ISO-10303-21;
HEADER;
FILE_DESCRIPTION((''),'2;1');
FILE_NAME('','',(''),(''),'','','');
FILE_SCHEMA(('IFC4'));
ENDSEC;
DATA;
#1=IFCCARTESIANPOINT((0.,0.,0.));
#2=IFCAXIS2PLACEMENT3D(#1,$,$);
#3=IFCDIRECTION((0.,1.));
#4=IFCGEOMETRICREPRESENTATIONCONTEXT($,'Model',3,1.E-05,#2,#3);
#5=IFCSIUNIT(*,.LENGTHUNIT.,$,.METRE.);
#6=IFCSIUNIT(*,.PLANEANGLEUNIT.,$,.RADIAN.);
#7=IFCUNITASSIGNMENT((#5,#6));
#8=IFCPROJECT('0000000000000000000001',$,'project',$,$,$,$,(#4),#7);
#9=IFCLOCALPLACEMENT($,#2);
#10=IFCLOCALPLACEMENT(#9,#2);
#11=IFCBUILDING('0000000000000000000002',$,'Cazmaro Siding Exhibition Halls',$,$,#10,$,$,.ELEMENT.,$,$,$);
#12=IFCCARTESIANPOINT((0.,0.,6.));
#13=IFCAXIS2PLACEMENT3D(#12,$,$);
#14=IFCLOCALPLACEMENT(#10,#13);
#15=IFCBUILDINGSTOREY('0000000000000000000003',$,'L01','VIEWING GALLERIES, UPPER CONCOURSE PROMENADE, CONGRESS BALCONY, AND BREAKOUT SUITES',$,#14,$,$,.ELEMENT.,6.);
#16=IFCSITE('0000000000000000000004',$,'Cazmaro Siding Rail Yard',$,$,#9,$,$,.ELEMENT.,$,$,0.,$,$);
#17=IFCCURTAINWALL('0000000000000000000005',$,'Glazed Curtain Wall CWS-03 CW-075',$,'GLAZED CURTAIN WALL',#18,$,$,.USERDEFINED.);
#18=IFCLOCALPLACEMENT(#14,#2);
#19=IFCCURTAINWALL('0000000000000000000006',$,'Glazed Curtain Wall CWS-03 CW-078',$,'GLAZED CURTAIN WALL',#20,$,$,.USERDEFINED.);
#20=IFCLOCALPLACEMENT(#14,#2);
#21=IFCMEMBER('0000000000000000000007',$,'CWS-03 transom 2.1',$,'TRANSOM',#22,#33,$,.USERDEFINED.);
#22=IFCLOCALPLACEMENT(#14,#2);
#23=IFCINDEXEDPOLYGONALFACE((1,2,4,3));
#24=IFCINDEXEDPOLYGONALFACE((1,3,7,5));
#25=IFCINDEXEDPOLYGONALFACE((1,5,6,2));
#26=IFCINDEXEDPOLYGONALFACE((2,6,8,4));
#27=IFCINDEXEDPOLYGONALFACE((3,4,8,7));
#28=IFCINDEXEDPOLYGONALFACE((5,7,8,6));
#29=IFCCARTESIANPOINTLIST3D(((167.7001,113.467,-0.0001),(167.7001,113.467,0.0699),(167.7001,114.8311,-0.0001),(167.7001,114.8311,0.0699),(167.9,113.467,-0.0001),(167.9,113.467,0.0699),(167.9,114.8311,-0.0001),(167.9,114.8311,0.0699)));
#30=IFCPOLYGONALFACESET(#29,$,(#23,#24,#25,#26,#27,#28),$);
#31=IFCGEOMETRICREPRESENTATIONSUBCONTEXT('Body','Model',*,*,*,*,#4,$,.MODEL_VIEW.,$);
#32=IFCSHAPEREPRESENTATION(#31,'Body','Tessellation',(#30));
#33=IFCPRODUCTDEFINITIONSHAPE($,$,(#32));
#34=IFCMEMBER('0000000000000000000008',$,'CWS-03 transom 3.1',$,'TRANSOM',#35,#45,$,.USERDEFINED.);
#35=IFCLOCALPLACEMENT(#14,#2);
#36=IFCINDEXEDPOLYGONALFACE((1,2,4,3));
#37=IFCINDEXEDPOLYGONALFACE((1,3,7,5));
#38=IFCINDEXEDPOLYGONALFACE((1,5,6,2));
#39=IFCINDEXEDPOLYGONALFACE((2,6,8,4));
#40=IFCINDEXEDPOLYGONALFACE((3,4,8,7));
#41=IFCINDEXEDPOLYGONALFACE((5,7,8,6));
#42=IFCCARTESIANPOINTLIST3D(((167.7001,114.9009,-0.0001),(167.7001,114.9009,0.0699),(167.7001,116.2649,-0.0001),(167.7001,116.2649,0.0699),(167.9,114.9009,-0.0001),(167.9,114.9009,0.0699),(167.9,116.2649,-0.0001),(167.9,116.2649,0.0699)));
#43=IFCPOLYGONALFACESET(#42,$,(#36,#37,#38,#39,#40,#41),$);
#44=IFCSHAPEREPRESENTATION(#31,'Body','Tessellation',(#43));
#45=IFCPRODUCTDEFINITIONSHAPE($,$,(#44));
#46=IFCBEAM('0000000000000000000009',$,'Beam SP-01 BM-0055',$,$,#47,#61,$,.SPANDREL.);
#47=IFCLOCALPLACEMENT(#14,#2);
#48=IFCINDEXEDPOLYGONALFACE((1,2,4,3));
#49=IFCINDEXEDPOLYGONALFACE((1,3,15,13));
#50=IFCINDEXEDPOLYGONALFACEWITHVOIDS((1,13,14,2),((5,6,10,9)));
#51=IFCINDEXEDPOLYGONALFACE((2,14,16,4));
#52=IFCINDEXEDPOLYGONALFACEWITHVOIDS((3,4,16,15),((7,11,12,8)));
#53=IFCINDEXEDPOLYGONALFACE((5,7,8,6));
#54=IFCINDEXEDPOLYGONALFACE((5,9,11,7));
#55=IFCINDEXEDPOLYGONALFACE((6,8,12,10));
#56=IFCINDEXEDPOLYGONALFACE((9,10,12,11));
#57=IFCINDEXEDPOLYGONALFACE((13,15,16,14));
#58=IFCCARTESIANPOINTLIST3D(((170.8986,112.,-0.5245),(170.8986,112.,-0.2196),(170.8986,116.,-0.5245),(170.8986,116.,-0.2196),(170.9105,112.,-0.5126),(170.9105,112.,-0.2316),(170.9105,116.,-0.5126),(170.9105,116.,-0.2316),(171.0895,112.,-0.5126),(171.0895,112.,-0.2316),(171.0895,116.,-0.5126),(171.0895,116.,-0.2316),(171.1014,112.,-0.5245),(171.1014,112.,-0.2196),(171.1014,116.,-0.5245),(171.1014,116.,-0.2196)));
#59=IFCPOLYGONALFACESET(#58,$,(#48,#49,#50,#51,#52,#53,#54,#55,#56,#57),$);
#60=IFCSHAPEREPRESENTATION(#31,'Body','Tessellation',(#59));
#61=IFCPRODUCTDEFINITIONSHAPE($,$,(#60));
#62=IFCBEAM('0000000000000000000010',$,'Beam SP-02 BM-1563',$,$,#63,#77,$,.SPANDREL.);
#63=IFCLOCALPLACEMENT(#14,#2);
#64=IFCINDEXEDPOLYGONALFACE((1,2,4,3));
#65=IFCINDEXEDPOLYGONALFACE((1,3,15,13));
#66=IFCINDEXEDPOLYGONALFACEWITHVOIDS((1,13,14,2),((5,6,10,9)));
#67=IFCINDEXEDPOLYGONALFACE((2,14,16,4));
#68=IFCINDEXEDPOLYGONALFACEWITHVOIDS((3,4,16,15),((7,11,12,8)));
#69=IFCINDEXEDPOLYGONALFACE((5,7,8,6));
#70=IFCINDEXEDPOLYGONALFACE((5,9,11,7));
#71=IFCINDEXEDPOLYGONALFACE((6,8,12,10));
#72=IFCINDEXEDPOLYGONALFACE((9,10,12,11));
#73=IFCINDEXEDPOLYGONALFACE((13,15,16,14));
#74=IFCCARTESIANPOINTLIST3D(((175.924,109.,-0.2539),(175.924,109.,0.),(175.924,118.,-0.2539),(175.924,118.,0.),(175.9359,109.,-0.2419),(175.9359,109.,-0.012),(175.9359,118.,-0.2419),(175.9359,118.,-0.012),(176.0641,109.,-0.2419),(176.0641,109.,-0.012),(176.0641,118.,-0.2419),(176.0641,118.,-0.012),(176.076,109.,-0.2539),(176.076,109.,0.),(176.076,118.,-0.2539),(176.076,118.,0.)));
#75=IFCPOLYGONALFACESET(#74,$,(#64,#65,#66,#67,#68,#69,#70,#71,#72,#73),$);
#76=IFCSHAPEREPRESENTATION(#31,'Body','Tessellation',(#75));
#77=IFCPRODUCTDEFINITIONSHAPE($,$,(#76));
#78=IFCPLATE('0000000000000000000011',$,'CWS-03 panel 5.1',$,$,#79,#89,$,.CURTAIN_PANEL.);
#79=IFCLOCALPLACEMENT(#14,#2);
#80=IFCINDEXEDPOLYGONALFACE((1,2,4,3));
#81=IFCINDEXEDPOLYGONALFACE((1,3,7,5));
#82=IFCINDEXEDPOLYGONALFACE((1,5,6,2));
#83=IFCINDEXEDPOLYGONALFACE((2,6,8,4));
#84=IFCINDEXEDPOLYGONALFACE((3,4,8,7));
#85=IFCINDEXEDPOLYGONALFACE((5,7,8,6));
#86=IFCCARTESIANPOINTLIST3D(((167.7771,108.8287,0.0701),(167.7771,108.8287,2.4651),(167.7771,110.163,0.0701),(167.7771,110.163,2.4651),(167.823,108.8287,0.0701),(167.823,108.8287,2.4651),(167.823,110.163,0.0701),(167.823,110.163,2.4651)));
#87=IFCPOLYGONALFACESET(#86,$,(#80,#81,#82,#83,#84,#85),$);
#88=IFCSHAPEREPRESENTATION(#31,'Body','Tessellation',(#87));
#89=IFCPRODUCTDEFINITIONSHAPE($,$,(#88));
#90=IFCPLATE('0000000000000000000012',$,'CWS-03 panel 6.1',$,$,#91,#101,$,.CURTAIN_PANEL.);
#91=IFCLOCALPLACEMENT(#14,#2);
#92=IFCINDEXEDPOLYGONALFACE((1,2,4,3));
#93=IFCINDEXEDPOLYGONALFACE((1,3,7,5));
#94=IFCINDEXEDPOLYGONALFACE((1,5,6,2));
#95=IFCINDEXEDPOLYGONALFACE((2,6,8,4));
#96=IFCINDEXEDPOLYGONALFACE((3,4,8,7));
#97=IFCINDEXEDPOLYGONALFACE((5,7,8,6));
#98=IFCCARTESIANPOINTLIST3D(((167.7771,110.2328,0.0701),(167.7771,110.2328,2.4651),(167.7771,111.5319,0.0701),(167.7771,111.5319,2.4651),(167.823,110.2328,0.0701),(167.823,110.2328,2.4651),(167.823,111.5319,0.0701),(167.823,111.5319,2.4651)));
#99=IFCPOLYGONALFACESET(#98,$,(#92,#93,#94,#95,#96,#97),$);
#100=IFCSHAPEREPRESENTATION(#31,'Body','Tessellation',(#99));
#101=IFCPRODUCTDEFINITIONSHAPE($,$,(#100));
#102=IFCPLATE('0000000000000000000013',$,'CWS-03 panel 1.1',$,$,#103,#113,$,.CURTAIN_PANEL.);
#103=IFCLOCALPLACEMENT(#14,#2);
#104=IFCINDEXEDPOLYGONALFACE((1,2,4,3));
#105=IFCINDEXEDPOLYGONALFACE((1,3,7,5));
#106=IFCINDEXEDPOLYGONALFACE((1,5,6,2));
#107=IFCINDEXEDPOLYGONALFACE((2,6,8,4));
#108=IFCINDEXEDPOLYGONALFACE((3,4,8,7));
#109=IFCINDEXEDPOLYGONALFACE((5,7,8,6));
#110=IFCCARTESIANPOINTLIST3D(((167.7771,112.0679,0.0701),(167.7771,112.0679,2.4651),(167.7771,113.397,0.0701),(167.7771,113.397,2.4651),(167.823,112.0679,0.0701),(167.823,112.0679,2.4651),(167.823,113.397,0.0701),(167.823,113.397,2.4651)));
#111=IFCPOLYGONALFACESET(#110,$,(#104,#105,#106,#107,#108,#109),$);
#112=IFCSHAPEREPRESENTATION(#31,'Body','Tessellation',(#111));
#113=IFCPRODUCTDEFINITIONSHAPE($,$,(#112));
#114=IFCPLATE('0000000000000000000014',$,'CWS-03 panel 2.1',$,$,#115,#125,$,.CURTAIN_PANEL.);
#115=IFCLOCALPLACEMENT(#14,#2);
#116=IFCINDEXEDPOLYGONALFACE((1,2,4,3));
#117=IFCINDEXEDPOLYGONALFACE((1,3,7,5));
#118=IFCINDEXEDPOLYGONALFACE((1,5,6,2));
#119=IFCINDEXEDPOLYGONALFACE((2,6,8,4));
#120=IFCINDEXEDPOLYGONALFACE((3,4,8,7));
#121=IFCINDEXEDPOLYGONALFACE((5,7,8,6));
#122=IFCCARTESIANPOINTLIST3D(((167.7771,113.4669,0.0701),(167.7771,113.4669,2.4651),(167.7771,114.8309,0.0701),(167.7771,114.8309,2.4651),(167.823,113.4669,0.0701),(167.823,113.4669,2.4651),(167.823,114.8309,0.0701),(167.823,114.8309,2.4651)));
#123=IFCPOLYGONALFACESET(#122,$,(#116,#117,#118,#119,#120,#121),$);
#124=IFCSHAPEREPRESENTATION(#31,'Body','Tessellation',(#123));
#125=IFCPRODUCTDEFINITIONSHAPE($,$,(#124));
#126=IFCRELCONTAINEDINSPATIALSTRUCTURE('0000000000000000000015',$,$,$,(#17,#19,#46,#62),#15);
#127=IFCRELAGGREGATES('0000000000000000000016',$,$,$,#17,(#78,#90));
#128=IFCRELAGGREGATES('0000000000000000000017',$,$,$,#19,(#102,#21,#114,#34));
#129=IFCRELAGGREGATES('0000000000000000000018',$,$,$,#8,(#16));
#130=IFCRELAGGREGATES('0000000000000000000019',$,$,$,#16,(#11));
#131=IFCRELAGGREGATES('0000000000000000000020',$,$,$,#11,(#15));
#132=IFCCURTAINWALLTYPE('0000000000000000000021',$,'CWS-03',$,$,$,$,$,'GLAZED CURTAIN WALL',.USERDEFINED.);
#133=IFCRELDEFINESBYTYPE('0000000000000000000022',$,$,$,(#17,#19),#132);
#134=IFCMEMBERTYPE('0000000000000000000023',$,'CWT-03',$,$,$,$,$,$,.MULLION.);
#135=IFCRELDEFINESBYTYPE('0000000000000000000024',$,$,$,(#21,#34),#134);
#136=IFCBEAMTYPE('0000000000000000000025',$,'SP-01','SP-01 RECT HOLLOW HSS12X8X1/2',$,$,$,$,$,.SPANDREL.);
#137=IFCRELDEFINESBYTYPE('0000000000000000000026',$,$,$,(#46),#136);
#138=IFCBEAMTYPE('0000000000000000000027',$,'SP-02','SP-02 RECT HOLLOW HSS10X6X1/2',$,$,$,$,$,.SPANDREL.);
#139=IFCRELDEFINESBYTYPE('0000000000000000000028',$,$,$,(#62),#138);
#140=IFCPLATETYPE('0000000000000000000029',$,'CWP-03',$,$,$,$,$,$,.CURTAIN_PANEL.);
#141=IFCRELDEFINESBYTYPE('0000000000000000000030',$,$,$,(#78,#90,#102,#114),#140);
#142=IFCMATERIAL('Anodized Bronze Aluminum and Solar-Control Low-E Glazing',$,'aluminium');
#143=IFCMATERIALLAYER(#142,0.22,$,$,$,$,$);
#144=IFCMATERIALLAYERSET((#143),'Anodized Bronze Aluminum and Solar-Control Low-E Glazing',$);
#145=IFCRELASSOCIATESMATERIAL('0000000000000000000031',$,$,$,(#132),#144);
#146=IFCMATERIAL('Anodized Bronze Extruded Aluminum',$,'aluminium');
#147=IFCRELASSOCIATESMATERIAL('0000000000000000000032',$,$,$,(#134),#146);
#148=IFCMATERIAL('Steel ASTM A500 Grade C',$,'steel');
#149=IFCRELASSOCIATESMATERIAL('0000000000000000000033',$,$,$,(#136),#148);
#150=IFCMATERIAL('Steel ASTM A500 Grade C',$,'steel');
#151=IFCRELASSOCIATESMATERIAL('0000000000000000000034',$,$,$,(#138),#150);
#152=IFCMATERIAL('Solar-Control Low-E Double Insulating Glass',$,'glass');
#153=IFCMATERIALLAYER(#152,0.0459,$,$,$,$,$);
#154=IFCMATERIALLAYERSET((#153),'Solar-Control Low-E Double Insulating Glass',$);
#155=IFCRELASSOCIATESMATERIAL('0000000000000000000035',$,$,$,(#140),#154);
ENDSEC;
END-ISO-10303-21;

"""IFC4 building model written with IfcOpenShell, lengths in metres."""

from ifc_helpers import new_model, si_unit, direction, frame, origin, origin_2d, place, context, subcontext, project, spatial, rectangle, hollow_rectangle, extrude, material, layer, layer_set, material_profile, profile_set, type_object, element, aggregate, save


model = new_model("IFC4")

# Units and contexts
model_context = context("Model", 3, precision=1e-05, world=origin(), true_north=direction((0.0, 1.0)))
body_context = subcontext(model_context, "Body", "Model", "MODEL_VIEW")
ifc_project = project(units=[si_unit("LENGTHUNIT", "METRE"), si_unit("PLANEANGLEUNIT", "RADIAN")], contexts=[model_context])

# Site, building, storey
site_placement = place(None, origin())
site = spatial("IfcSite", under=ifc_project, at=site_placement, Name="Cazmaro Siding Rail Yard", CompositionType="ELEMENT", RefElevation=0.0)
building_placement = place(site_placement, origin())
building = spatial("IfcBuilding", under=site, at=building_placement, Name="Cazmaro Siding Exhibition Halls", CompositionType="ELEMENT")
storey_placement = place(building_placement, frame((0.0, 0.0, 6.0)))
storey = spatial("IfcBuildingStorey", under=building, at=storey_placement, Name="L01", Description="VIEWING GALLERIES, UPPER CONCOURSE PROMENADE, CONGRESS BALCONY, AND BREAKOUT SUITES", CompositionType="ELEMENT", Elevation=6.0)

# Curtain walls
ifc_material_1 = material(Name="Anodized Bronze Aluminum and Solar-Control Low-E Glazing", Category="aluminium")
ifc_layer_1 = layer(ifc_material_1, 0.22)
ifc_layer_set_1 = layer_set([ifc_layer_1], Name="Anodized Bronze Aluminum and Solar-Control Low-E Glazing")
curtain_wall_type = type_object("IfcCurtainWallType", Name="CWS-03", ElementType="GLAZED CURTAIN WALL", PredefinedType="USERDEFINED", material=ifc_layer_set_1)
curtain_wall_1_placement = place(storey_placement, origin())
curtain_wall_1 = element("IfcCurtainWall", 1, at=curtain_wall_1_placement, inside=storey, type_object=curtain_wall_type, Name="Glazed Curtain Wall CWS-03 CW-075", ObjectType="GLAZED CURTAIN WALL", PredefinedType="USERDEFINED")
curtain_wall_2_placement = place(storey_placement, origin())
curtain_wall_2 = element("IfcCurtainWall", 2, at=curtain_wall_2_placement, inside=storey, type_object=curtain_wall_type, Name="Glazed Curtain Wall CWS-03 CW-078", ObjectType="GLAZED CURTAIN WALL", PredefinedType="USERDEFINED")

# Members
ifc_material_2 = material(Name="Anodized Bronze Extruded Aluminum", Category="aluminium")
ifc_material_profile_1 = material_profile(ifc_material_2, rectangle(XDim=0.2, YDim=0.0701, at=origin_2d()), Name="CWT-03")
ifc_profile_set_1 = profile_set([ifc_material_profile_1], Name="Anodized Bronze Extruded Aluminum")
member_type_1 = type_object("IfcMemberType", Name="CWT-03", PredefinedType="MULLION", material=ifc_profile_set_1)
member_1_placement = place(storey_placement, frame((167.8, 113.467, 0.0349), z_axis=(0.0, 1.0, 0.0), x_axis=(-1.0, 0.0, 0.0)))
member_1 = element("IfcMember", 3, at=member_1_placement, type_object=member_type_1, Name="CWS-03 transom 2.1", ObjectType="TRANSOM", PredefinedType="USERDEFINED", context=body_context, shape_type="SweptSolid", body=[
    extrude(rectangle(XDim=0.2, YDim=0.0701, at=origin_2d()), origin(), (0.0, 0.0, 1.0), 1.364),
])
member_2_placement = place(storey_placement, frame((167.8, 114.9009, 0.0349), z_axis=(0.0, 1.0, 0.0), x_axis=(-1.0, 0.0, 0.0)))
member_2 = element("IfcMember", 4, at=member_2_placement, type_object=member_type_1, Name="CWS-03 transom 3.1", ObjectType="TRANSOM", PredefinedType="USERDEFINED", context=body_context, shape_type="SweptSolid", body=[
    extrude(rectangle(XDim=0.2, YDim=0.0701, at=origin_2d()), origin(), (0.0, 0.0, 1.0), 1.364),
])

# Beams
ifc_material_3 = material(Name="Steel ASTM A500 Grade C", Category="steel")
ifc_material_profile_2 = material_profile(ifc_material_3, hollow_rectangle(XDim=0.2029, YDim=0.3049, WallThickness=0.012, at=origin_2d()), Name="HSS12X8X1/2")
ifc_profile_set_2 = profile_set([ifc_material_profile_2], Name="Steel ASTM A500 Grade C")
beam_type_1 = type_object("IfcBeamType", Name="SP-01", Description="SP-01 RECT HOLLOW HSS12X8X1/2", PredefinedType="SPANDREL", material=ifc_profile_set_2)
beam_1_placement = place(storey_placement, frame((171.0, 112.0, -0.3721), z_axis=(0.0, 1.0, 0.0), x_axis=(-1.0, 0.0, 0.0)))
element("IfcBeam", 5, at=beam_1_placement, inside=storey, type_object=beam_type_1, Name="Beam SP-01 BM-0055", PredefinedType="SPANDREL", context=body_context, shape_type="SweptSolid", body=[
    extrude(hollow_rectangle(XDim=0.2029, YDim=0.3049, WallThickness=0.012, at=origin_2d()), origin(), (0.0, 0.0, 1.0), 4.0),
])
ifc_material_4 = material(Name="Steel ASTM A500 Grade C", Category="steel")
ifc_material_profile_3 = material_profile(ifc_material_4, hollow_rectangle(XDim=0.1521, YDim=0.2539, WallThickness=0.012, at=origin_2d()), Name="HSS10X6X1/2")
ifc_profile_set_3 = profile_set([ifc_material_profile_3], Name="Steel ASTM A500 Grade C")
beam_type_2 = type_object("IfcBeamType", Name="SP-02", Description="SP-02 RECT HOLLOW HSS10X6X1/2", PredefinedType="SPANDREL", material=ifc_profile_set_3)
beam_2_placement = place(storey_placement, frame((176.0, 109.0, -0.127), z_axis=(0.0, 1.0, 0.0), x_axis=(-1.0, 0.0, 0.0)))
element("IfcBeam", 6, at=beam_2_placement, inside=storey, type_object=beam_type_2, Name="Beam SP-02 BM-1563", PredefinedType="SPANDREL", context=body_context, shape_type="SweptSolid", body=[
    extrude(hollow_rectangle(XDim=0.1521, YDim=0.2539, WallThickness=0.012, at=origin_2d()), origin(), (0.0, 0.0, 1.0), 9.0),
])

# Plates
ifc_material_5 = material(Name="Solar-Control Low-E Double Insulating Glass", Category="glass")
ifc_layer_2 = layer(ifc_material_5, 0.0459)
ifc_layer_set_2 = layer_set([ifc_layer_2], Name="Solar-Control Low-E Double Insulating Glass")
plate_type = type_object("IfcPlateType", Name="CWP-03", PredefinedType="CURTAIN_PANEL", material=ifc_layer_set_2)
plate_1_placement = place(storey_placement, frame((167.8, 109.4958, 0.0701), z_axis=(0.0, 0.0, 1.0), x_axis=(0.0, 1.0, 0.0)))
plate_1 = element("IfcPlate", 7, at=plate_1_placement, type_object=plate_type, Name="CWS-03 panel 5.1", PredefinedType="CURTAIN_PANEL", context=body_context, shape_type="SweptSolid", body=[
    extrude(rectangle(XDim=1.3342, YDim=0.0459, at=origin_2d()), origin(), (0.0, 0.0, 1.0), 2.395),
])
plate_2_placement = place(storey_placement, frame((167.8, 110.8823, 0.0701), z_axis=(0.0, 0.0, 1.0), x_axis=(0.0, 1.0, 0.0)))
plate_2 = element("IfcPlate", 8, at=plate_2_placement, type_object=plate_type, Name="CWS-03 panel 6.1", PredefinedType="CURTAIN_PANEL", context=body_context, shape_type="SweptSolid", body=[
    extrude(rectangle(XDim=1.2991, YDim=0.0459, at=origin_2d()), origin(), (0.0, 0.0, 1.0), 2.395),
])
aggregate(curtain_wall_1, [plate_1, plate_2])
plate_3_placement = place(storey_placement, frame((167.8, 112.7324, 0.0701), z_axis=(0.0, 0.0, 1.0), x_axis=(0.0, 1.0, 0.0)))
plate_3 = element("IfcPlate", 9, at=plate_3_placement, type_object=plate_type, Name="CWS-03 panel 1.1", PredefinedType="CURTAIN_PANEL", context=body_context, shape_type="SweptSolid", body=[
    extrude(rectangle(XDim=1.3291, YDim=0.0459, at=origin_2d()), origin(), (0.0, 0.0, 1.0), 2.395),
])
plate_4_placement = place(storey_placement, frame((167.8, 114.1489, 0.0701), z_axis=(0.0, 0.0, 1.0), x_axis=(0.0, 1.0, 0.0)))
plate_4 = element("IfcPlate", 10, at=plate_4_placement, type_object=plate_type, Name="CWS-03 panel 2.1", PredefinedType="CURTAIN_PANEL", context=body_context, shape_type="SweptSolid", body=[
    extrude(rectangle(XDim=1.364, YDim=0.0459, at=origin_2d()), origin(), (0.0, 0.0, 1.0), 2.395),
])
aggregate(curtain_wall_2, [plate_3, member_1, plate_4, member_2])

save(model, "model.ifc")
